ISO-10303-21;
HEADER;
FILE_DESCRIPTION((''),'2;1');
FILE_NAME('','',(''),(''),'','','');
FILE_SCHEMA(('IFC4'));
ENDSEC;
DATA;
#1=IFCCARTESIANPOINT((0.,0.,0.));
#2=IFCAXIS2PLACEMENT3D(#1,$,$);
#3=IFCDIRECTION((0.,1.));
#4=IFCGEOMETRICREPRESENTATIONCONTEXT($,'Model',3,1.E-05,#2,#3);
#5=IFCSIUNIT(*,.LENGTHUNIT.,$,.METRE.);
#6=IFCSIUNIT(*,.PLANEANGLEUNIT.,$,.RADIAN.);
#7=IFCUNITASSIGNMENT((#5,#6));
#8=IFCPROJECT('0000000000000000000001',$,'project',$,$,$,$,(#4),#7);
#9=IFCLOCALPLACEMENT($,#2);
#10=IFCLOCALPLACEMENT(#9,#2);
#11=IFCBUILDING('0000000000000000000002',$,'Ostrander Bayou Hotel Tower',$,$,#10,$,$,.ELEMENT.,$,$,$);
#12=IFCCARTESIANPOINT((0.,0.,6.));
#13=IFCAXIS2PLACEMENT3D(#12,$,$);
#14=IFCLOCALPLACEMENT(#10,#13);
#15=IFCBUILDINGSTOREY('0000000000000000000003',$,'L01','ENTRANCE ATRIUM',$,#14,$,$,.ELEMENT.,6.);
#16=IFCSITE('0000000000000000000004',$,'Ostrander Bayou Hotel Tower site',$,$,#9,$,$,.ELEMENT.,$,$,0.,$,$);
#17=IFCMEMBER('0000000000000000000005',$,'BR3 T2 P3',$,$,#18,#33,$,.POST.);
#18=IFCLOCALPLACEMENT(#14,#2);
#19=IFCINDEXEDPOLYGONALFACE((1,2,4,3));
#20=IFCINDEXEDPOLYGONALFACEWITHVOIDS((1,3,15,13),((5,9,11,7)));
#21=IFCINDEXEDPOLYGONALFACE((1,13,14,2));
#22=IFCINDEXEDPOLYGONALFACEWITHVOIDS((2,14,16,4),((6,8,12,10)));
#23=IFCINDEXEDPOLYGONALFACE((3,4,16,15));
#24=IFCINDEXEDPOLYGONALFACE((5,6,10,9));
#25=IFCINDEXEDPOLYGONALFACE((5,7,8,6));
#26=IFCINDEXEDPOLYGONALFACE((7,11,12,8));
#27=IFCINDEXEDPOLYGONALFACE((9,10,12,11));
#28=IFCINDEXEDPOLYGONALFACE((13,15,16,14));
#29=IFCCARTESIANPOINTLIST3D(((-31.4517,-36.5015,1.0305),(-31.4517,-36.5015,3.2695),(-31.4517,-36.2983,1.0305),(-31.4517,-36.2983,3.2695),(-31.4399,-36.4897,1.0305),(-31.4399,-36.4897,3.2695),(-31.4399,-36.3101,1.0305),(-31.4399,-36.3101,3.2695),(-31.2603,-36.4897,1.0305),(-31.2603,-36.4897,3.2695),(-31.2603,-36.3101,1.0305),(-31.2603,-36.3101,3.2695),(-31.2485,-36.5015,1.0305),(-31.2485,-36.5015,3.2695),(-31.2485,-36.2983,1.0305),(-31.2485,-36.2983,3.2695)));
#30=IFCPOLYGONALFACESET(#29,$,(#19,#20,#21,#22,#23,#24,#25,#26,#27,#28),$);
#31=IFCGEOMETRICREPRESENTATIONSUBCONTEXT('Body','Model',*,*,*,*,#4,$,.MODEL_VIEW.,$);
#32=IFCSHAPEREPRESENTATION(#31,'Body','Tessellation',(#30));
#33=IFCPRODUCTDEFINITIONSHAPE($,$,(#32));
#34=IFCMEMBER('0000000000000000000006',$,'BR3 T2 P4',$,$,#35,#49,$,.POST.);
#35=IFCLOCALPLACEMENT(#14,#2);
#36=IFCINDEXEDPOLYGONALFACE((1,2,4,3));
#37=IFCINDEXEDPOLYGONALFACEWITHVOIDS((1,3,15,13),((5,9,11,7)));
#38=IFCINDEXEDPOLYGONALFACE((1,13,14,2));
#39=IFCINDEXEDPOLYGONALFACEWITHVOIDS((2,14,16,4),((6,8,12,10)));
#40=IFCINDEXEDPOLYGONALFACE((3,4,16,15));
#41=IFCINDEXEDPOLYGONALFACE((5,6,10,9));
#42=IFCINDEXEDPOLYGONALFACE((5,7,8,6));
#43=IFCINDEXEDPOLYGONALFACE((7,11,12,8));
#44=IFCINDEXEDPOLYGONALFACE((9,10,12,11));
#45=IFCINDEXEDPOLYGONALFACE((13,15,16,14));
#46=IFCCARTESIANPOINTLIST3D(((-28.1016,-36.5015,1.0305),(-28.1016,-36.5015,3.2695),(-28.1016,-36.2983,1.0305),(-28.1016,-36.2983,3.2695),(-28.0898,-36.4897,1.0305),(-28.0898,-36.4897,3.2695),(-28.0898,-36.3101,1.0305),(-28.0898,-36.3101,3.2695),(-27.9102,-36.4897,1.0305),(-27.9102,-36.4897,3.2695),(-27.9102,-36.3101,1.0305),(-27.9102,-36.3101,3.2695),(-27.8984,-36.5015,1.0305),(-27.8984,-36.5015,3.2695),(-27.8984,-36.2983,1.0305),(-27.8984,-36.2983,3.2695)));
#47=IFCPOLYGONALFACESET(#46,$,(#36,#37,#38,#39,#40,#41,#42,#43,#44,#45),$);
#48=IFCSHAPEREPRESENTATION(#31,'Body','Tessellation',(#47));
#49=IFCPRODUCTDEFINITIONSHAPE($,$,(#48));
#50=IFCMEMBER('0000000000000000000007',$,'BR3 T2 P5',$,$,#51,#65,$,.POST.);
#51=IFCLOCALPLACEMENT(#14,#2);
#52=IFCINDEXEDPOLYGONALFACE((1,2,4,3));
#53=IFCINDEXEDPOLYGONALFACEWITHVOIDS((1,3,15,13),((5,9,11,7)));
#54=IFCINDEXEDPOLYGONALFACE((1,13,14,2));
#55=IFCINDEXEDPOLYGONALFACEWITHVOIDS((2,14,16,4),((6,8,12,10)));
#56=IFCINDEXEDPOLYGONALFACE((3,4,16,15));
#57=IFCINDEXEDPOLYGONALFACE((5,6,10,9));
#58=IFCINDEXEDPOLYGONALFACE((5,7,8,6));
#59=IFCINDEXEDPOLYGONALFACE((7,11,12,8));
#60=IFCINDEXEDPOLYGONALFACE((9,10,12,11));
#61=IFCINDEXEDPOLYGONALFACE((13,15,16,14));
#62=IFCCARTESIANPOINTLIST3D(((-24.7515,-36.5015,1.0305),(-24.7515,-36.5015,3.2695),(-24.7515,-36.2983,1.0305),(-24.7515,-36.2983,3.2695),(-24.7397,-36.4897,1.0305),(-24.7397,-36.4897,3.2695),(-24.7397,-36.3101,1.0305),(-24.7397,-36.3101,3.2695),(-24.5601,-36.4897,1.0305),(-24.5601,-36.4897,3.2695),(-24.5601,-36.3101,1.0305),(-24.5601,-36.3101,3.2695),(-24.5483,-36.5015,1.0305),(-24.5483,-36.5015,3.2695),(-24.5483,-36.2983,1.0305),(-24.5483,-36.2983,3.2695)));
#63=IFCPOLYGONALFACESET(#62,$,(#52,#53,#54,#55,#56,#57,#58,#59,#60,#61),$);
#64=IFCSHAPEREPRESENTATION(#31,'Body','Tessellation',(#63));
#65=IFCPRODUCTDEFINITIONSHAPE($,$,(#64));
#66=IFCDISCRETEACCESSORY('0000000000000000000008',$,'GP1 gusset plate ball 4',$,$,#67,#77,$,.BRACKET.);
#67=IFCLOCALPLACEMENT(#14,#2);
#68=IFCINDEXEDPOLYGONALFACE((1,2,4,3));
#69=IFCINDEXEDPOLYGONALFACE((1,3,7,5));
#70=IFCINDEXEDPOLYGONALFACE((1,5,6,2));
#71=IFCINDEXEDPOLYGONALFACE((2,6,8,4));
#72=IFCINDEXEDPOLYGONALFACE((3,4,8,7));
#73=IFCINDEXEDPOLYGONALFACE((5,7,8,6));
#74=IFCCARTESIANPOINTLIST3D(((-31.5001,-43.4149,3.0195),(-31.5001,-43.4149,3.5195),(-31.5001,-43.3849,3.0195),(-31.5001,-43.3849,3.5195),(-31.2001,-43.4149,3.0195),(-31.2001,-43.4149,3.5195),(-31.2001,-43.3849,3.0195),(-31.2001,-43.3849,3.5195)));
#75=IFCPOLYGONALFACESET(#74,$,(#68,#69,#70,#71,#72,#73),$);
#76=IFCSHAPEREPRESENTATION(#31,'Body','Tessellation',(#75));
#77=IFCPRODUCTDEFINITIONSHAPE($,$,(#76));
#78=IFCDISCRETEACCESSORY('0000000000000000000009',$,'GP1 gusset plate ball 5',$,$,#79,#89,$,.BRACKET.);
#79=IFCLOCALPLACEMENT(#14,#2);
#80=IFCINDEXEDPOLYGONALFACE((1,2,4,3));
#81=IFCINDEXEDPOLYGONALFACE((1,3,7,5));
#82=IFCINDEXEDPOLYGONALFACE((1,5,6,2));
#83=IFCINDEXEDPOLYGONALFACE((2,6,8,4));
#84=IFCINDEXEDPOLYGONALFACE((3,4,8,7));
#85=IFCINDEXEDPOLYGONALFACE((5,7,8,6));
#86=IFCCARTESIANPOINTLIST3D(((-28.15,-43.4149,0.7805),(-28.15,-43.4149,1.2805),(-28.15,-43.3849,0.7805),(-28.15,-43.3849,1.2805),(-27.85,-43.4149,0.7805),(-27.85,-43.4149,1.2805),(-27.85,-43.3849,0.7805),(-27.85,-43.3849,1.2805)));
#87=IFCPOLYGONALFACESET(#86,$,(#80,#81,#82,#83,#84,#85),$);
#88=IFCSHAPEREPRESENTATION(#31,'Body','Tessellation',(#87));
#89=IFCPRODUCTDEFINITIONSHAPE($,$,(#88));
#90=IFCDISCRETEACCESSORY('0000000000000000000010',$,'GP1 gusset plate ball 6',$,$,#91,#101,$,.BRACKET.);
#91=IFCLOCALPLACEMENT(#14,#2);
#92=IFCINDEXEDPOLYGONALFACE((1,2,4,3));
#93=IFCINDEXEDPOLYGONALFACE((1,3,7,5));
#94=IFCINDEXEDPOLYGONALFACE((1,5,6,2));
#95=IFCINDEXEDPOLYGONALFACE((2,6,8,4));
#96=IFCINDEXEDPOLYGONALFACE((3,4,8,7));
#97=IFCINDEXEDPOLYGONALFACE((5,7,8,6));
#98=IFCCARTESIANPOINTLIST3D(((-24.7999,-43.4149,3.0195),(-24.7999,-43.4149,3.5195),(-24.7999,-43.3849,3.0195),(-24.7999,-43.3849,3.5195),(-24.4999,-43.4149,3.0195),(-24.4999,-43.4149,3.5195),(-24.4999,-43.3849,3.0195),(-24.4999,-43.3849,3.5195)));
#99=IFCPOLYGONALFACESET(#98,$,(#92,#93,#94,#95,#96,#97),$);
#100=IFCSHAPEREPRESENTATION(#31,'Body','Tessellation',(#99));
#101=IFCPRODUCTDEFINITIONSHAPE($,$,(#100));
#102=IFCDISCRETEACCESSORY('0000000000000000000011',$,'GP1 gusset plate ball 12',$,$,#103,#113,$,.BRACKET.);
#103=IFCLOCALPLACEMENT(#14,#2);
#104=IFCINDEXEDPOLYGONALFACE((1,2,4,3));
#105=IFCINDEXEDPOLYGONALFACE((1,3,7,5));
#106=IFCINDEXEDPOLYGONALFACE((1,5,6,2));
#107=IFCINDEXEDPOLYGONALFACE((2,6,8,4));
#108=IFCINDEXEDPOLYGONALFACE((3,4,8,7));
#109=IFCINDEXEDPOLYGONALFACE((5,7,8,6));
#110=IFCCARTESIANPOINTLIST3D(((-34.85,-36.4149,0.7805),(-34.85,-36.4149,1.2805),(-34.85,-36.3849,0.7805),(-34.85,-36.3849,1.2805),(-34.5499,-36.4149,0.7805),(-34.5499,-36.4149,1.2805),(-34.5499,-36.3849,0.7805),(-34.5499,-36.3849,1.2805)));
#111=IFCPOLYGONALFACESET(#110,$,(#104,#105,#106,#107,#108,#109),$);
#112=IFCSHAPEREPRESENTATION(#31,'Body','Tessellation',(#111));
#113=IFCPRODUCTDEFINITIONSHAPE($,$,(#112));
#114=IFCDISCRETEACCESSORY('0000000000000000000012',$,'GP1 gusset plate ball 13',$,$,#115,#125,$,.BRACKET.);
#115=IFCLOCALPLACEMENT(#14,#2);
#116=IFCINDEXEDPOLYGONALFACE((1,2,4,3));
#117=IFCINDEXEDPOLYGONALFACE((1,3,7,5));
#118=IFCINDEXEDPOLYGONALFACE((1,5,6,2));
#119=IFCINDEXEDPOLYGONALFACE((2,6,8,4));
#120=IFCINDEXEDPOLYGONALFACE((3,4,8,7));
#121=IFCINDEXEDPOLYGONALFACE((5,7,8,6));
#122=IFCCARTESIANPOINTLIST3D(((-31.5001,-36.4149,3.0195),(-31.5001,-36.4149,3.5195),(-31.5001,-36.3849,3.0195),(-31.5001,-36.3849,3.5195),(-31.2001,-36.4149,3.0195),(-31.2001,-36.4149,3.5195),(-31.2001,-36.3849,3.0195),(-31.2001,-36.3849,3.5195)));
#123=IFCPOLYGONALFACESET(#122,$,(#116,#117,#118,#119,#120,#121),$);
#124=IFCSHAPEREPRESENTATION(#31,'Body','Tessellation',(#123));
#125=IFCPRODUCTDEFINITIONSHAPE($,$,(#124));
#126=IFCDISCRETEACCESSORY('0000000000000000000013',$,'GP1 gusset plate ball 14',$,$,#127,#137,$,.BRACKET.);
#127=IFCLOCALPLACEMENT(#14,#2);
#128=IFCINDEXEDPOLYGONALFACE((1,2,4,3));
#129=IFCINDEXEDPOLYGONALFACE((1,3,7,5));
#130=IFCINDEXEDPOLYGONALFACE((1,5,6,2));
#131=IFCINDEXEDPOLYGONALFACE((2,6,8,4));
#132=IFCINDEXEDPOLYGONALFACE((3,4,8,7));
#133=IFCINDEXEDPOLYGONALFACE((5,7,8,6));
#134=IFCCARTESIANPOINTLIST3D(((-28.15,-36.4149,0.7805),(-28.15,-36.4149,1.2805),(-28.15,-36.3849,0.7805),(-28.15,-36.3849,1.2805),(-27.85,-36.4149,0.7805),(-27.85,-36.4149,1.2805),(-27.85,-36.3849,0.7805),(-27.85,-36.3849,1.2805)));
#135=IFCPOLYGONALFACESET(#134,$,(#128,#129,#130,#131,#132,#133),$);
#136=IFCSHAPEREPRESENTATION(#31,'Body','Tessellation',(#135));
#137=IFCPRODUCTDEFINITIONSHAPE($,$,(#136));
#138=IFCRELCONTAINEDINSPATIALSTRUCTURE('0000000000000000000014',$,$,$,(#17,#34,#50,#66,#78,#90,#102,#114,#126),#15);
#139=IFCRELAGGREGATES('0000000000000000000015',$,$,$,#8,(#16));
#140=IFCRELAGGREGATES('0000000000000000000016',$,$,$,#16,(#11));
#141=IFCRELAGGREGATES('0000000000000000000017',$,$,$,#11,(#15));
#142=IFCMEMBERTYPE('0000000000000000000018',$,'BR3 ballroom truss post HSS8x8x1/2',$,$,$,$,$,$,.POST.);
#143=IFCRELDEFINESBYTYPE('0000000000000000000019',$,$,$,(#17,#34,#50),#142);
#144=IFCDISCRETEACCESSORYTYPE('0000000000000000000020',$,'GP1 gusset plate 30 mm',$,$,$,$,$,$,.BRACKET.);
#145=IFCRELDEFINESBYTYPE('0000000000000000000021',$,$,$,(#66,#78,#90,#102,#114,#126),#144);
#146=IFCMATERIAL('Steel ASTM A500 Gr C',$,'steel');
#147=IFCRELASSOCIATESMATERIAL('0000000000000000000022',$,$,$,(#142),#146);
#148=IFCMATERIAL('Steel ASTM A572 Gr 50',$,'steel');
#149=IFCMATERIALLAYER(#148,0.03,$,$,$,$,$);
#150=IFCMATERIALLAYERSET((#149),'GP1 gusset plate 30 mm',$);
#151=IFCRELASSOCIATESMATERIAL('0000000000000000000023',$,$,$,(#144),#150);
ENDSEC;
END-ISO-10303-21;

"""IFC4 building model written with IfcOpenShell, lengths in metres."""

from ifc_helpers import new_model, si_unit, direction, frame, origin, origin_2d, place, context, subcontext, project, spatial, rectangle, hollow_rectangle, extrude, material, layer, layer_set, material_profile, profile_set, type_object, element, save


model = new_model("IFC4")

# Units and contexts
model_context = context("Model", 3, precision=1e-05, world=origin(), true_north=direction((0.0, 1.0)))
body_context = subcontext(model_context, "Body", "Model", "MODEL_VIEW")
ifc_project = project(units=[si_unit("LENGTHUNIT", "METRE"), si_unit("PLANEANGLEUNIT", "RADIAN")], contexts=[model_context])

# Site, building, storey
site_placement = place(None, origin())
site = spatial("IfcSite", under=ifc_project, at=site_placement, Name="Ostrander Bayou Hotel Tower site", CompositionType="ELEMENT", RefElevation=0.0)
building_placement = place(site_placement, origin())
building = spatial("IfcBuilding", under=site, at=building_placement, Name="Ostrander Bayou Hotel Tower", CompositionType="ELEMENT")
storey_placement = place(building_placement, frame((0.0, 0.0, 6.0)))
storey = spatial("IfcBuildingStorey", under=building, at=storey_placement, Name="L01", Description="ENTRANCE ATRIUM", CompositionType="ELEMENT", Elevation=6.0)

# Members
ifc_material_1 = material(Name="Steel ASTM A500 Gr C", Category="steel")
ifc_material_profile_1 = material_profile(ifc_material_1, hollow_rectangle(XDim=0.2031, YDim=0.2031, WallThickness=0.0117, at=origin_2d()))
ifc_profile_set_1 = profile_set([ifc_material_profile_1], Name="Steel ASTM A500 Gr C")
member_type_1 = type_object("IfcMemberType", Name="BR3 ballroom truss post HSS8x8x1/2", PredefinedType="POST", material=ifc_profile_set_1)
for number, where, z_axis, x_axis, name in (
    (1, (-31.3501, -36.3999, 1.0305), (0.0, 0.0, 1.0), (1.0, 0.0, 0.0), "BR3 T2 P3"),
    (2, (-28.0, -36.3999, 1.0305), (0.0, 0.0, 1.0), (1.0, 0.0, 0.0), "BR3 T2 P4"),
    (3, (-24.6499, -36.3999, 1.0305), (0.0, 0.0, 1.0), (1.0, 0.0, 0.0), "BR3 T2 P5"),
):
    element("IfcMember", number, at=place(storey_placement, frame(where, z_axis=z_axis, x_axis=x_axis)), inside=storey, type_object=member_type_1, Name=name, PredefinedType="POST", context=body_context, shape_type="SweptSolid", body=[
        extrude(hollow_rectangle(XDim=0.2031, YDim=0.2031, WallThickness=0.0117, at=origin_2d()), origin(), (0.0, 0.0, 1.0), 2.239),
    ])

# Discrete accessories
ifc_material_2 = material(Name="Steel ASTM A572 Gr 50", Category="steel")
ifc_layer = layer(ifc_material_2, 0.03)
ifc_layer_set = layer_set([ifc_layer], Name="GP1 gusset plate 30 mm")
discrete_accessory_type = type_object("IfcDiscreteAccessoryType", Name="GP1 gusset plate 30 mm", PredefinedType="BRACKET", material=ifc_layer_set)
for number, where, z_axis, x_axis, name in (
    (4, (-31.3501, -43.3999, 3.0195), (0.0, 0.0, 1.0), (1.0, 0.0, 0.0), "GP1 gusset plate ball 4"),
    (5, (-28.0, -43.3999, 0.7805), (0.0, 0.0, 1.0), (-1.0, 0.0, 0.0), "GP1 gusset plate ball 5"),
    (6, (-24.6499, -43.3999, 3.0195), (0.0, 0.0, 1.0), (1.0, 0.0, 0.0), "GP1 gusset plate ball 6"),
    (7, (-34.7, -36.3999, 0.7805), (0.0, 0.0, 1.0), (-1.0, 0.0, 0.0), "GP1 gusset plate ball 12"),
    (8, (-31.3501, -36.3999, 3.0195), (0.0, 0.0, 1.0), (1.0, 0.0, 0.0), "GP1 gusset plate ball 13"),
    (9, (-28.0, -36.3999, 0.7805), (0.0, 0.0, 1.0), (-1.0, 0.0, 0.0), "GP1 gusset plate ball 14"),
):
    element("IfcDiscreteAccessory", number, at=place(storey_placement, frame(where, z_axis=z_axis, x_axis=x_axis)), inside=storey, type_object=discrete_accessory_type, Name=name, PredefinedType="BRACKET", context=body_context, shape_type="SweptSolid", body=[
        extrude(rectangle(XDim=0.3, YDim=0.03, at=origin_2d()), origin(), (0.0, 0.0, 1.0), 0.5),
    ])

save(model, "model.ifc")
